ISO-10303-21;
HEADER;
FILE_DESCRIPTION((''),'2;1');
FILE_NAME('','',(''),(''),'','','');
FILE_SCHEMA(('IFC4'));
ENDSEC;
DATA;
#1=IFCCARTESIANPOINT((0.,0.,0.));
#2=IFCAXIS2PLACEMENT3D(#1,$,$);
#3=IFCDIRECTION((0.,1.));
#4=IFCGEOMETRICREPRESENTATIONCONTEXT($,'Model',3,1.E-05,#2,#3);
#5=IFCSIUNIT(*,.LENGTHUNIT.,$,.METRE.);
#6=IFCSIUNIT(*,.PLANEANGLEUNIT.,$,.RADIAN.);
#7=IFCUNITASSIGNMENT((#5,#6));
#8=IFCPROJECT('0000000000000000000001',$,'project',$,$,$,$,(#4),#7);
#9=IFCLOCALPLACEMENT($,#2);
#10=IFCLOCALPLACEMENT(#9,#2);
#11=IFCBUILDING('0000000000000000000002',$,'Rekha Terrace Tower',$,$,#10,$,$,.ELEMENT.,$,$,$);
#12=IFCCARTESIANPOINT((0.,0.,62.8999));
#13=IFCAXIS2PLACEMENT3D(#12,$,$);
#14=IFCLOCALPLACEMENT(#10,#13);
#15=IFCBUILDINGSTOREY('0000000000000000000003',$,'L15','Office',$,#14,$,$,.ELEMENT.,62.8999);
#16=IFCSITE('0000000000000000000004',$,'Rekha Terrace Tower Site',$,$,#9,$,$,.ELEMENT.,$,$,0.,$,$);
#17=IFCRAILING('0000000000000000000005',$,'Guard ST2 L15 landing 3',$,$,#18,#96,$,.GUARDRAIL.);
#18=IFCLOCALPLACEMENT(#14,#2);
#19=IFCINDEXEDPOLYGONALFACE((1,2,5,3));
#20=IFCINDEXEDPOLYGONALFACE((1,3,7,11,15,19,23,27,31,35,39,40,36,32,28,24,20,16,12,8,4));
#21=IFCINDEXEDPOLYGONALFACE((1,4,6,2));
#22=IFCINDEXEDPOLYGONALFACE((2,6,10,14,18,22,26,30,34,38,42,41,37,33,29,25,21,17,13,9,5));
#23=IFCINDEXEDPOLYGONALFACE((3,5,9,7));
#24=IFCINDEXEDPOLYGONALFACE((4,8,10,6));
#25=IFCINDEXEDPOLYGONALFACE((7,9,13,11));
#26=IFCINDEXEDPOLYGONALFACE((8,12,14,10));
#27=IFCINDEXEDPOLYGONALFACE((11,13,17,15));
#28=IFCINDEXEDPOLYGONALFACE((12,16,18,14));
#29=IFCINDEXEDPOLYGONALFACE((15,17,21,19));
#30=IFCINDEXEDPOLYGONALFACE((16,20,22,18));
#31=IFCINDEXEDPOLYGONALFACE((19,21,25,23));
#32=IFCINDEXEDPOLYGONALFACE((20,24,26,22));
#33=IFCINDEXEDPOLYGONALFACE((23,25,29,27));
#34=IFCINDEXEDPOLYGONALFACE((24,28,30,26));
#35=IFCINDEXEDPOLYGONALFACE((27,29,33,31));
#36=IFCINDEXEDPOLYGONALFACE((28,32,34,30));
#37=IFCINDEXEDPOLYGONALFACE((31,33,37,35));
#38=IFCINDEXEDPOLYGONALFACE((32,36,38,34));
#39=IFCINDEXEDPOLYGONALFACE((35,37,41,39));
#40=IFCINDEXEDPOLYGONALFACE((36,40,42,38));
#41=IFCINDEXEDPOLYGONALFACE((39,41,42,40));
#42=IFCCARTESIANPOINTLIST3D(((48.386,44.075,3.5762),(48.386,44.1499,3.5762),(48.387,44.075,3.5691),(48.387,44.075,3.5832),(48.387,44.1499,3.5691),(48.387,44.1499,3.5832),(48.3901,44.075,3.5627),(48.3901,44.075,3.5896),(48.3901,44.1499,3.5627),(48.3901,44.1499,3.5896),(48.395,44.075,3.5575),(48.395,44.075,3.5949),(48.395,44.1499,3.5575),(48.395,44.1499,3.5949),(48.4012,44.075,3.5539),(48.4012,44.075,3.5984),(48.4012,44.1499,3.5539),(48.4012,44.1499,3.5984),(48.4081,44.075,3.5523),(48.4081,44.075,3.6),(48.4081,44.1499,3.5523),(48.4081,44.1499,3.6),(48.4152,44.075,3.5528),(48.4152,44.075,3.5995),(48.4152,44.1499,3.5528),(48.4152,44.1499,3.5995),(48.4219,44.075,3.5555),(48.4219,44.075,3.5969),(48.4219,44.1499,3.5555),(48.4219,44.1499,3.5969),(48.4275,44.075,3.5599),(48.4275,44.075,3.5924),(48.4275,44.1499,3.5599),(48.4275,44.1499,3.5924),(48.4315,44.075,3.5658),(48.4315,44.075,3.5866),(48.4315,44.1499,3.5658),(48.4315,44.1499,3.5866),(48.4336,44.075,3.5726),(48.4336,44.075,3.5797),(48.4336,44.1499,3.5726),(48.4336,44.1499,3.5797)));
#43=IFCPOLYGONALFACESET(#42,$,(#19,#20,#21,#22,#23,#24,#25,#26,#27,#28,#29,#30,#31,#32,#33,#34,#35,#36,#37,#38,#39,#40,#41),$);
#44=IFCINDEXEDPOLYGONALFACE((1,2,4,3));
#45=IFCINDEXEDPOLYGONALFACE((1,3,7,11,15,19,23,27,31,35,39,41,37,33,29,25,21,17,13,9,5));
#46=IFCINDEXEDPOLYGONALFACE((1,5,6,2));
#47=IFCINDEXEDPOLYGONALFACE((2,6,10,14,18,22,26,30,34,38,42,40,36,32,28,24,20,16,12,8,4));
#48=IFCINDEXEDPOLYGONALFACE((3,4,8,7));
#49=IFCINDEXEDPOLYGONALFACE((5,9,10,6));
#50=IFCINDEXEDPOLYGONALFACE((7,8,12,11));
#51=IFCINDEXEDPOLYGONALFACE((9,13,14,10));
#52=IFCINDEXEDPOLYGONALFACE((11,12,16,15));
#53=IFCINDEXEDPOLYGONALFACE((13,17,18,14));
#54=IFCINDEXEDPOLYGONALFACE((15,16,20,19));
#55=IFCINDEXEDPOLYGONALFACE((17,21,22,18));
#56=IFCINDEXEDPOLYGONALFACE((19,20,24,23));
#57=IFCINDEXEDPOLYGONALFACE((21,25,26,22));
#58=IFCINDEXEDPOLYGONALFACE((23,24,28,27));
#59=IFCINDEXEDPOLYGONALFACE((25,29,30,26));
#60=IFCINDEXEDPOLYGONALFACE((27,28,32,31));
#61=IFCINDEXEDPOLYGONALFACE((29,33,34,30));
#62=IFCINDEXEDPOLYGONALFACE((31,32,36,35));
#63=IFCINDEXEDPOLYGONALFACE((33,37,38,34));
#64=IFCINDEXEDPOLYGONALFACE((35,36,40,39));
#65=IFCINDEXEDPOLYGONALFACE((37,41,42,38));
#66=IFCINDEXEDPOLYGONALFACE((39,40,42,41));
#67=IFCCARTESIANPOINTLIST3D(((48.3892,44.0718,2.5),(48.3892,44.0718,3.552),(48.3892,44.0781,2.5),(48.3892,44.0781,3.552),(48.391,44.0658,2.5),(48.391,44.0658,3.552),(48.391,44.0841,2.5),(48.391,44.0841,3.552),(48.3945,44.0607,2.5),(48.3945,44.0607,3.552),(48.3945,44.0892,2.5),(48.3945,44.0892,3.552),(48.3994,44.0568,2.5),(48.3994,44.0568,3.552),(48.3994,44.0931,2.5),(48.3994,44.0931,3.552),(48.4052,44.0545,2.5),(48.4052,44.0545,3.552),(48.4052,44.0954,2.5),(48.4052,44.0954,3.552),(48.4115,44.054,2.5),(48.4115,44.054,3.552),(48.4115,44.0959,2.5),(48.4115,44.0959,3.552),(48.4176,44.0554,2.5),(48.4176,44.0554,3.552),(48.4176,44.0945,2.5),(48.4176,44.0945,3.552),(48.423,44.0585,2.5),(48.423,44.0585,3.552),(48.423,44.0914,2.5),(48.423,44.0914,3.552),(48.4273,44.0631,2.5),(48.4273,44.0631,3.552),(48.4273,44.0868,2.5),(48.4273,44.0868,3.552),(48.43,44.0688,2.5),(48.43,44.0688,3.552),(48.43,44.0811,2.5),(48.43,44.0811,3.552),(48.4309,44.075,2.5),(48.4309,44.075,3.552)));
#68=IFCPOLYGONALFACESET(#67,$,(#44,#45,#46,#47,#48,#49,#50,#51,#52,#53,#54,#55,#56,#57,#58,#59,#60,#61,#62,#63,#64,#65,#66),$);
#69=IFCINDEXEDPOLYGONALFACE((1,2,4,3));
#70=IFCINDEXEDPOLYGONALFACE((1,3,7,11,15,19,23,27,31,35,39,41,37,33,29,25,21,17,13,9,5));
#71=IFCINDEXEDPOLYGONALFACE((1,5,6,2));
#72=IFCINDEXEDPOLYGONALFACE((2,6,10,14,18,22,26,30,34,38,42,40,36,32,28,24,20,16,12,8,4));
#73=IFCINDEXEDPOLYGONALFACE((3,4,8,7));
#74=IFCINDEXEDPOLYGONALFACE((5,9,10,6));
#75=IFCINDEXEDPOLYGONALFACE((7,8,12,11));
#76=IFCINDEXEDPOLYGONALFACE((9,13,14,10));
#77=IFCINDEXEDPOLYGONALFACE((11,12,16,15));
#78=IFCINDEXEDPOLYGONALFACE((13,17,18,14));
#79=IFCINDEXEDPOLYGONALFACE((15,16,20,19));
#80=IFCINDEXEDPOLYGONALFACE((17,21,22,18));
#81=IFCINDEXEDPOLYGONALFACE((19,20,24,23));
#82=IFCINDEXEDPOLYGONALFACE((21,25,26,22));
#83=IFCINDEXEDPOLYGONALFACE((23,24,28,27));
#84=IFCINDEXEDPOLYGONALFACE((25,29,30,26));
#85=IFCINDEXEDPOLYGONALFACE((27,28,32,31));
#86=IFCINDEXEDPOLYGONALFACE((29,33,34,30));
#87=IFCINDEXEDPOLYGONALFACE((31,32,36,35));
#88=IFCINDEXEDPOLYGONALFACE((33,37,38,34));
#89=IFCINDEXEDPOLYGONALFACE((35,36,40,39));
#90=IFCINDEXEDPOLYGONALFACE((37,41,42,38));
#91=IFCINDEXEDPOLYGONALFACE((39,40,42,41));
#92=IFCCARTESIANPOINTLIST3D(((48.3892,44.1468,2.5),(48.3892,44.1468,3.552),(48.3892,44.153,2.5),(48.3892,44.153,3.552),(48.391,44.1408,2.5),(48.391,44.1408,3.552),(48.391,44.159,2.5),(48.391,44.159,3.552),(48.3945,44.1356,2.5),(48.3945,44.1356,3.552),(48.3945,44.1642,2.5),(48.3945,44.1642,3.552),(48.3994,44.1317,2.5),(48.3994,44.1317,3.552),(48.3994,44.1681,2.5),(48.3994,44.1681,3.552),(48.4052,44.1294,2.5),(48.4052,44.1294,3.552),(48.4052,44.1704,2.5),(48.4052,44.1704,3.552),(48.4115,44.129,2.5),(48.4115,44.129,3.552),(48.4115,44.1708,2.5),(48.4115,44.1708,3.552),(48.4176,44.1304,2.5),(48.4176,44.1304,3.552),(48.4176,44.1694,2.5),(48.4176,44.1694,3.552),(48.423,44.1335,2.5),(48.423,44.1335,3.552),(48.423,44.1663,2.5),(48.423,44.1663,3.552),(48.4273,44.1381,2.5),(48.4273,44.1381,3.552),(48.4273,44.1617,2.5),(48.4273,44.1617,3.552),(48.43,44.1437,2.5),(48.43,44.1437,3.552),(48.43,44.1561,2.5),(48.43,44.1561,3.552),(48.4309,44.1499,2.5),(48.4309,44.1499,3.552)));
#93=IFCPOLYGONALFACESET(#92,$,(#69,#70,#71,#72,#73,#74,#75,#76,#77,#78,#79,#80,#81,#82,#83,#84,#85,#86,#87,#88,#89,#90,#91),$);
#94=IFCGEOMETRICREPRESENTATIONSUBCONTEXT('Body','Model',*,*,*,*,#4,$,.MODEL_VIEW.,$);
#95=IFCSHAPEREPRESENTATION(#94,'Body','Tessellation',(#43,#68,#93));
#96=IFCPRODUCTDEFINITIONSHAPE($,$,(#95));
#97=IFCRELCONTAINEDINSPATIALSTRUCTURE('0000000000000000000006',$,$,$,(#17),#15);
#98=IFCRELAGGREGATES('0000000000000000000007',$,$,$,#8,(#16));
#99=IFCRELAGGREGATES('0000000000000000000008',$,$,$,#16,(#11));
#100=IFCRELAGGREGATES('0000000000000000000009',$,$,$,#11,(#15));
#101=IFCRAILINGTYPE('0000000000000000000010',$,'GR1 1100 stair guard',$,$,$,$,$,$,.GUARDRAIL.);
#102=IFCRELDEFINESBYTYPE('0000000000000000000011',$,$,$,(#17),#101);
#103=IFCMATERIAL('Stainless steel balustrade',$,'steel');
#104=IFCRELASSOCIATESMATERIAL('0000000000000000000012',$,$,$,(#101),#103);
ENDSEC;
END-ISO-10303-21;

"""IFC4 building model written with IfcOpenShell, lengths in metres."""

from ifc_helpers import new_model, si_unit, direction, frame, origin, origin_2d, place, context, subcontext, project, spatial, circle, extrude, material, type_object, element, save


model = new_model("IFC4")

# Units and contexts
model_context = context("Model", 3, precision=1e-05, world=origin(), true_north=direction((0.0, 1.0)))
body_context = subcontext(model_context, "Body", "Model", "MODEL_VIEW")
ifc_project = project(units=[si_unit("LENGTHUNIT", "METRE"), si_unit("PLANEANGLEUNIT", "RADIAN")], contexts=[model_context])

# Site, building, storey
site_placement = place(None, origin())
site = spatial("IfcSite", under=ifc_project, at=site_placement, Name="Rekha Terrace Tower Site", CompositionType="ELEMENT", RefElevation=0.0)
building_placement = place(site_placement, origin())
building = spatial("IfcBuilding", under=site, at=building_placement, Name="Rekha Terrace Tower", CompositionType="ELEMENT")
storey_placement = place(building_placement, frame((0.0, 0.0, 62.8999)))
storey = spatial("IfcBuildingStorey", under=building, at=storey_placement, Name="L15", Description="Office", CompositionType="ELEMENT", Elevation=62.8999)

# Railing
ifc_material_1 = material(Name="Stainless steel balustrade", Category="steel")
railing_type_1 = type_object("IfcRailingType", Name="GR1 1100 stair guard", PredefinedType="GUARDRAIL", material=ifc_material_1)
railing_1_placement = place(storey_placement, frame((48.4099, 44.075, 2.5)))
element("IfcRailing", 1, at=railing_1_placement, inside=storey, type_object=railing_type_1, Name="Guard ST2 L15 landing 3", PredefinedType="GUARDRAIL", context=body_context, shape_type="SweptSolid", body=[
    extrude(circle(Radius=0.0239, at=origin_2d()), frame((0.0, 0.0, 1.0762), z_axis=(0.0, 1.0, 0.0), x_axis=(-1.0, 0.0, 0.0)), (0.0, 0.0, 1.0), 0.075),
    extrude(circle(Radius=0.021, at=origin_2d()), origin(), (0.0, 0.0, 1.0), 1.052),
    extrude(circle(Radius=0.021, at=origin_2d()), frame((0.0, 0.075, 0.0)), (0.0, 0.0, 1.0), 1.052),
])

save(model, "model.ifc")
